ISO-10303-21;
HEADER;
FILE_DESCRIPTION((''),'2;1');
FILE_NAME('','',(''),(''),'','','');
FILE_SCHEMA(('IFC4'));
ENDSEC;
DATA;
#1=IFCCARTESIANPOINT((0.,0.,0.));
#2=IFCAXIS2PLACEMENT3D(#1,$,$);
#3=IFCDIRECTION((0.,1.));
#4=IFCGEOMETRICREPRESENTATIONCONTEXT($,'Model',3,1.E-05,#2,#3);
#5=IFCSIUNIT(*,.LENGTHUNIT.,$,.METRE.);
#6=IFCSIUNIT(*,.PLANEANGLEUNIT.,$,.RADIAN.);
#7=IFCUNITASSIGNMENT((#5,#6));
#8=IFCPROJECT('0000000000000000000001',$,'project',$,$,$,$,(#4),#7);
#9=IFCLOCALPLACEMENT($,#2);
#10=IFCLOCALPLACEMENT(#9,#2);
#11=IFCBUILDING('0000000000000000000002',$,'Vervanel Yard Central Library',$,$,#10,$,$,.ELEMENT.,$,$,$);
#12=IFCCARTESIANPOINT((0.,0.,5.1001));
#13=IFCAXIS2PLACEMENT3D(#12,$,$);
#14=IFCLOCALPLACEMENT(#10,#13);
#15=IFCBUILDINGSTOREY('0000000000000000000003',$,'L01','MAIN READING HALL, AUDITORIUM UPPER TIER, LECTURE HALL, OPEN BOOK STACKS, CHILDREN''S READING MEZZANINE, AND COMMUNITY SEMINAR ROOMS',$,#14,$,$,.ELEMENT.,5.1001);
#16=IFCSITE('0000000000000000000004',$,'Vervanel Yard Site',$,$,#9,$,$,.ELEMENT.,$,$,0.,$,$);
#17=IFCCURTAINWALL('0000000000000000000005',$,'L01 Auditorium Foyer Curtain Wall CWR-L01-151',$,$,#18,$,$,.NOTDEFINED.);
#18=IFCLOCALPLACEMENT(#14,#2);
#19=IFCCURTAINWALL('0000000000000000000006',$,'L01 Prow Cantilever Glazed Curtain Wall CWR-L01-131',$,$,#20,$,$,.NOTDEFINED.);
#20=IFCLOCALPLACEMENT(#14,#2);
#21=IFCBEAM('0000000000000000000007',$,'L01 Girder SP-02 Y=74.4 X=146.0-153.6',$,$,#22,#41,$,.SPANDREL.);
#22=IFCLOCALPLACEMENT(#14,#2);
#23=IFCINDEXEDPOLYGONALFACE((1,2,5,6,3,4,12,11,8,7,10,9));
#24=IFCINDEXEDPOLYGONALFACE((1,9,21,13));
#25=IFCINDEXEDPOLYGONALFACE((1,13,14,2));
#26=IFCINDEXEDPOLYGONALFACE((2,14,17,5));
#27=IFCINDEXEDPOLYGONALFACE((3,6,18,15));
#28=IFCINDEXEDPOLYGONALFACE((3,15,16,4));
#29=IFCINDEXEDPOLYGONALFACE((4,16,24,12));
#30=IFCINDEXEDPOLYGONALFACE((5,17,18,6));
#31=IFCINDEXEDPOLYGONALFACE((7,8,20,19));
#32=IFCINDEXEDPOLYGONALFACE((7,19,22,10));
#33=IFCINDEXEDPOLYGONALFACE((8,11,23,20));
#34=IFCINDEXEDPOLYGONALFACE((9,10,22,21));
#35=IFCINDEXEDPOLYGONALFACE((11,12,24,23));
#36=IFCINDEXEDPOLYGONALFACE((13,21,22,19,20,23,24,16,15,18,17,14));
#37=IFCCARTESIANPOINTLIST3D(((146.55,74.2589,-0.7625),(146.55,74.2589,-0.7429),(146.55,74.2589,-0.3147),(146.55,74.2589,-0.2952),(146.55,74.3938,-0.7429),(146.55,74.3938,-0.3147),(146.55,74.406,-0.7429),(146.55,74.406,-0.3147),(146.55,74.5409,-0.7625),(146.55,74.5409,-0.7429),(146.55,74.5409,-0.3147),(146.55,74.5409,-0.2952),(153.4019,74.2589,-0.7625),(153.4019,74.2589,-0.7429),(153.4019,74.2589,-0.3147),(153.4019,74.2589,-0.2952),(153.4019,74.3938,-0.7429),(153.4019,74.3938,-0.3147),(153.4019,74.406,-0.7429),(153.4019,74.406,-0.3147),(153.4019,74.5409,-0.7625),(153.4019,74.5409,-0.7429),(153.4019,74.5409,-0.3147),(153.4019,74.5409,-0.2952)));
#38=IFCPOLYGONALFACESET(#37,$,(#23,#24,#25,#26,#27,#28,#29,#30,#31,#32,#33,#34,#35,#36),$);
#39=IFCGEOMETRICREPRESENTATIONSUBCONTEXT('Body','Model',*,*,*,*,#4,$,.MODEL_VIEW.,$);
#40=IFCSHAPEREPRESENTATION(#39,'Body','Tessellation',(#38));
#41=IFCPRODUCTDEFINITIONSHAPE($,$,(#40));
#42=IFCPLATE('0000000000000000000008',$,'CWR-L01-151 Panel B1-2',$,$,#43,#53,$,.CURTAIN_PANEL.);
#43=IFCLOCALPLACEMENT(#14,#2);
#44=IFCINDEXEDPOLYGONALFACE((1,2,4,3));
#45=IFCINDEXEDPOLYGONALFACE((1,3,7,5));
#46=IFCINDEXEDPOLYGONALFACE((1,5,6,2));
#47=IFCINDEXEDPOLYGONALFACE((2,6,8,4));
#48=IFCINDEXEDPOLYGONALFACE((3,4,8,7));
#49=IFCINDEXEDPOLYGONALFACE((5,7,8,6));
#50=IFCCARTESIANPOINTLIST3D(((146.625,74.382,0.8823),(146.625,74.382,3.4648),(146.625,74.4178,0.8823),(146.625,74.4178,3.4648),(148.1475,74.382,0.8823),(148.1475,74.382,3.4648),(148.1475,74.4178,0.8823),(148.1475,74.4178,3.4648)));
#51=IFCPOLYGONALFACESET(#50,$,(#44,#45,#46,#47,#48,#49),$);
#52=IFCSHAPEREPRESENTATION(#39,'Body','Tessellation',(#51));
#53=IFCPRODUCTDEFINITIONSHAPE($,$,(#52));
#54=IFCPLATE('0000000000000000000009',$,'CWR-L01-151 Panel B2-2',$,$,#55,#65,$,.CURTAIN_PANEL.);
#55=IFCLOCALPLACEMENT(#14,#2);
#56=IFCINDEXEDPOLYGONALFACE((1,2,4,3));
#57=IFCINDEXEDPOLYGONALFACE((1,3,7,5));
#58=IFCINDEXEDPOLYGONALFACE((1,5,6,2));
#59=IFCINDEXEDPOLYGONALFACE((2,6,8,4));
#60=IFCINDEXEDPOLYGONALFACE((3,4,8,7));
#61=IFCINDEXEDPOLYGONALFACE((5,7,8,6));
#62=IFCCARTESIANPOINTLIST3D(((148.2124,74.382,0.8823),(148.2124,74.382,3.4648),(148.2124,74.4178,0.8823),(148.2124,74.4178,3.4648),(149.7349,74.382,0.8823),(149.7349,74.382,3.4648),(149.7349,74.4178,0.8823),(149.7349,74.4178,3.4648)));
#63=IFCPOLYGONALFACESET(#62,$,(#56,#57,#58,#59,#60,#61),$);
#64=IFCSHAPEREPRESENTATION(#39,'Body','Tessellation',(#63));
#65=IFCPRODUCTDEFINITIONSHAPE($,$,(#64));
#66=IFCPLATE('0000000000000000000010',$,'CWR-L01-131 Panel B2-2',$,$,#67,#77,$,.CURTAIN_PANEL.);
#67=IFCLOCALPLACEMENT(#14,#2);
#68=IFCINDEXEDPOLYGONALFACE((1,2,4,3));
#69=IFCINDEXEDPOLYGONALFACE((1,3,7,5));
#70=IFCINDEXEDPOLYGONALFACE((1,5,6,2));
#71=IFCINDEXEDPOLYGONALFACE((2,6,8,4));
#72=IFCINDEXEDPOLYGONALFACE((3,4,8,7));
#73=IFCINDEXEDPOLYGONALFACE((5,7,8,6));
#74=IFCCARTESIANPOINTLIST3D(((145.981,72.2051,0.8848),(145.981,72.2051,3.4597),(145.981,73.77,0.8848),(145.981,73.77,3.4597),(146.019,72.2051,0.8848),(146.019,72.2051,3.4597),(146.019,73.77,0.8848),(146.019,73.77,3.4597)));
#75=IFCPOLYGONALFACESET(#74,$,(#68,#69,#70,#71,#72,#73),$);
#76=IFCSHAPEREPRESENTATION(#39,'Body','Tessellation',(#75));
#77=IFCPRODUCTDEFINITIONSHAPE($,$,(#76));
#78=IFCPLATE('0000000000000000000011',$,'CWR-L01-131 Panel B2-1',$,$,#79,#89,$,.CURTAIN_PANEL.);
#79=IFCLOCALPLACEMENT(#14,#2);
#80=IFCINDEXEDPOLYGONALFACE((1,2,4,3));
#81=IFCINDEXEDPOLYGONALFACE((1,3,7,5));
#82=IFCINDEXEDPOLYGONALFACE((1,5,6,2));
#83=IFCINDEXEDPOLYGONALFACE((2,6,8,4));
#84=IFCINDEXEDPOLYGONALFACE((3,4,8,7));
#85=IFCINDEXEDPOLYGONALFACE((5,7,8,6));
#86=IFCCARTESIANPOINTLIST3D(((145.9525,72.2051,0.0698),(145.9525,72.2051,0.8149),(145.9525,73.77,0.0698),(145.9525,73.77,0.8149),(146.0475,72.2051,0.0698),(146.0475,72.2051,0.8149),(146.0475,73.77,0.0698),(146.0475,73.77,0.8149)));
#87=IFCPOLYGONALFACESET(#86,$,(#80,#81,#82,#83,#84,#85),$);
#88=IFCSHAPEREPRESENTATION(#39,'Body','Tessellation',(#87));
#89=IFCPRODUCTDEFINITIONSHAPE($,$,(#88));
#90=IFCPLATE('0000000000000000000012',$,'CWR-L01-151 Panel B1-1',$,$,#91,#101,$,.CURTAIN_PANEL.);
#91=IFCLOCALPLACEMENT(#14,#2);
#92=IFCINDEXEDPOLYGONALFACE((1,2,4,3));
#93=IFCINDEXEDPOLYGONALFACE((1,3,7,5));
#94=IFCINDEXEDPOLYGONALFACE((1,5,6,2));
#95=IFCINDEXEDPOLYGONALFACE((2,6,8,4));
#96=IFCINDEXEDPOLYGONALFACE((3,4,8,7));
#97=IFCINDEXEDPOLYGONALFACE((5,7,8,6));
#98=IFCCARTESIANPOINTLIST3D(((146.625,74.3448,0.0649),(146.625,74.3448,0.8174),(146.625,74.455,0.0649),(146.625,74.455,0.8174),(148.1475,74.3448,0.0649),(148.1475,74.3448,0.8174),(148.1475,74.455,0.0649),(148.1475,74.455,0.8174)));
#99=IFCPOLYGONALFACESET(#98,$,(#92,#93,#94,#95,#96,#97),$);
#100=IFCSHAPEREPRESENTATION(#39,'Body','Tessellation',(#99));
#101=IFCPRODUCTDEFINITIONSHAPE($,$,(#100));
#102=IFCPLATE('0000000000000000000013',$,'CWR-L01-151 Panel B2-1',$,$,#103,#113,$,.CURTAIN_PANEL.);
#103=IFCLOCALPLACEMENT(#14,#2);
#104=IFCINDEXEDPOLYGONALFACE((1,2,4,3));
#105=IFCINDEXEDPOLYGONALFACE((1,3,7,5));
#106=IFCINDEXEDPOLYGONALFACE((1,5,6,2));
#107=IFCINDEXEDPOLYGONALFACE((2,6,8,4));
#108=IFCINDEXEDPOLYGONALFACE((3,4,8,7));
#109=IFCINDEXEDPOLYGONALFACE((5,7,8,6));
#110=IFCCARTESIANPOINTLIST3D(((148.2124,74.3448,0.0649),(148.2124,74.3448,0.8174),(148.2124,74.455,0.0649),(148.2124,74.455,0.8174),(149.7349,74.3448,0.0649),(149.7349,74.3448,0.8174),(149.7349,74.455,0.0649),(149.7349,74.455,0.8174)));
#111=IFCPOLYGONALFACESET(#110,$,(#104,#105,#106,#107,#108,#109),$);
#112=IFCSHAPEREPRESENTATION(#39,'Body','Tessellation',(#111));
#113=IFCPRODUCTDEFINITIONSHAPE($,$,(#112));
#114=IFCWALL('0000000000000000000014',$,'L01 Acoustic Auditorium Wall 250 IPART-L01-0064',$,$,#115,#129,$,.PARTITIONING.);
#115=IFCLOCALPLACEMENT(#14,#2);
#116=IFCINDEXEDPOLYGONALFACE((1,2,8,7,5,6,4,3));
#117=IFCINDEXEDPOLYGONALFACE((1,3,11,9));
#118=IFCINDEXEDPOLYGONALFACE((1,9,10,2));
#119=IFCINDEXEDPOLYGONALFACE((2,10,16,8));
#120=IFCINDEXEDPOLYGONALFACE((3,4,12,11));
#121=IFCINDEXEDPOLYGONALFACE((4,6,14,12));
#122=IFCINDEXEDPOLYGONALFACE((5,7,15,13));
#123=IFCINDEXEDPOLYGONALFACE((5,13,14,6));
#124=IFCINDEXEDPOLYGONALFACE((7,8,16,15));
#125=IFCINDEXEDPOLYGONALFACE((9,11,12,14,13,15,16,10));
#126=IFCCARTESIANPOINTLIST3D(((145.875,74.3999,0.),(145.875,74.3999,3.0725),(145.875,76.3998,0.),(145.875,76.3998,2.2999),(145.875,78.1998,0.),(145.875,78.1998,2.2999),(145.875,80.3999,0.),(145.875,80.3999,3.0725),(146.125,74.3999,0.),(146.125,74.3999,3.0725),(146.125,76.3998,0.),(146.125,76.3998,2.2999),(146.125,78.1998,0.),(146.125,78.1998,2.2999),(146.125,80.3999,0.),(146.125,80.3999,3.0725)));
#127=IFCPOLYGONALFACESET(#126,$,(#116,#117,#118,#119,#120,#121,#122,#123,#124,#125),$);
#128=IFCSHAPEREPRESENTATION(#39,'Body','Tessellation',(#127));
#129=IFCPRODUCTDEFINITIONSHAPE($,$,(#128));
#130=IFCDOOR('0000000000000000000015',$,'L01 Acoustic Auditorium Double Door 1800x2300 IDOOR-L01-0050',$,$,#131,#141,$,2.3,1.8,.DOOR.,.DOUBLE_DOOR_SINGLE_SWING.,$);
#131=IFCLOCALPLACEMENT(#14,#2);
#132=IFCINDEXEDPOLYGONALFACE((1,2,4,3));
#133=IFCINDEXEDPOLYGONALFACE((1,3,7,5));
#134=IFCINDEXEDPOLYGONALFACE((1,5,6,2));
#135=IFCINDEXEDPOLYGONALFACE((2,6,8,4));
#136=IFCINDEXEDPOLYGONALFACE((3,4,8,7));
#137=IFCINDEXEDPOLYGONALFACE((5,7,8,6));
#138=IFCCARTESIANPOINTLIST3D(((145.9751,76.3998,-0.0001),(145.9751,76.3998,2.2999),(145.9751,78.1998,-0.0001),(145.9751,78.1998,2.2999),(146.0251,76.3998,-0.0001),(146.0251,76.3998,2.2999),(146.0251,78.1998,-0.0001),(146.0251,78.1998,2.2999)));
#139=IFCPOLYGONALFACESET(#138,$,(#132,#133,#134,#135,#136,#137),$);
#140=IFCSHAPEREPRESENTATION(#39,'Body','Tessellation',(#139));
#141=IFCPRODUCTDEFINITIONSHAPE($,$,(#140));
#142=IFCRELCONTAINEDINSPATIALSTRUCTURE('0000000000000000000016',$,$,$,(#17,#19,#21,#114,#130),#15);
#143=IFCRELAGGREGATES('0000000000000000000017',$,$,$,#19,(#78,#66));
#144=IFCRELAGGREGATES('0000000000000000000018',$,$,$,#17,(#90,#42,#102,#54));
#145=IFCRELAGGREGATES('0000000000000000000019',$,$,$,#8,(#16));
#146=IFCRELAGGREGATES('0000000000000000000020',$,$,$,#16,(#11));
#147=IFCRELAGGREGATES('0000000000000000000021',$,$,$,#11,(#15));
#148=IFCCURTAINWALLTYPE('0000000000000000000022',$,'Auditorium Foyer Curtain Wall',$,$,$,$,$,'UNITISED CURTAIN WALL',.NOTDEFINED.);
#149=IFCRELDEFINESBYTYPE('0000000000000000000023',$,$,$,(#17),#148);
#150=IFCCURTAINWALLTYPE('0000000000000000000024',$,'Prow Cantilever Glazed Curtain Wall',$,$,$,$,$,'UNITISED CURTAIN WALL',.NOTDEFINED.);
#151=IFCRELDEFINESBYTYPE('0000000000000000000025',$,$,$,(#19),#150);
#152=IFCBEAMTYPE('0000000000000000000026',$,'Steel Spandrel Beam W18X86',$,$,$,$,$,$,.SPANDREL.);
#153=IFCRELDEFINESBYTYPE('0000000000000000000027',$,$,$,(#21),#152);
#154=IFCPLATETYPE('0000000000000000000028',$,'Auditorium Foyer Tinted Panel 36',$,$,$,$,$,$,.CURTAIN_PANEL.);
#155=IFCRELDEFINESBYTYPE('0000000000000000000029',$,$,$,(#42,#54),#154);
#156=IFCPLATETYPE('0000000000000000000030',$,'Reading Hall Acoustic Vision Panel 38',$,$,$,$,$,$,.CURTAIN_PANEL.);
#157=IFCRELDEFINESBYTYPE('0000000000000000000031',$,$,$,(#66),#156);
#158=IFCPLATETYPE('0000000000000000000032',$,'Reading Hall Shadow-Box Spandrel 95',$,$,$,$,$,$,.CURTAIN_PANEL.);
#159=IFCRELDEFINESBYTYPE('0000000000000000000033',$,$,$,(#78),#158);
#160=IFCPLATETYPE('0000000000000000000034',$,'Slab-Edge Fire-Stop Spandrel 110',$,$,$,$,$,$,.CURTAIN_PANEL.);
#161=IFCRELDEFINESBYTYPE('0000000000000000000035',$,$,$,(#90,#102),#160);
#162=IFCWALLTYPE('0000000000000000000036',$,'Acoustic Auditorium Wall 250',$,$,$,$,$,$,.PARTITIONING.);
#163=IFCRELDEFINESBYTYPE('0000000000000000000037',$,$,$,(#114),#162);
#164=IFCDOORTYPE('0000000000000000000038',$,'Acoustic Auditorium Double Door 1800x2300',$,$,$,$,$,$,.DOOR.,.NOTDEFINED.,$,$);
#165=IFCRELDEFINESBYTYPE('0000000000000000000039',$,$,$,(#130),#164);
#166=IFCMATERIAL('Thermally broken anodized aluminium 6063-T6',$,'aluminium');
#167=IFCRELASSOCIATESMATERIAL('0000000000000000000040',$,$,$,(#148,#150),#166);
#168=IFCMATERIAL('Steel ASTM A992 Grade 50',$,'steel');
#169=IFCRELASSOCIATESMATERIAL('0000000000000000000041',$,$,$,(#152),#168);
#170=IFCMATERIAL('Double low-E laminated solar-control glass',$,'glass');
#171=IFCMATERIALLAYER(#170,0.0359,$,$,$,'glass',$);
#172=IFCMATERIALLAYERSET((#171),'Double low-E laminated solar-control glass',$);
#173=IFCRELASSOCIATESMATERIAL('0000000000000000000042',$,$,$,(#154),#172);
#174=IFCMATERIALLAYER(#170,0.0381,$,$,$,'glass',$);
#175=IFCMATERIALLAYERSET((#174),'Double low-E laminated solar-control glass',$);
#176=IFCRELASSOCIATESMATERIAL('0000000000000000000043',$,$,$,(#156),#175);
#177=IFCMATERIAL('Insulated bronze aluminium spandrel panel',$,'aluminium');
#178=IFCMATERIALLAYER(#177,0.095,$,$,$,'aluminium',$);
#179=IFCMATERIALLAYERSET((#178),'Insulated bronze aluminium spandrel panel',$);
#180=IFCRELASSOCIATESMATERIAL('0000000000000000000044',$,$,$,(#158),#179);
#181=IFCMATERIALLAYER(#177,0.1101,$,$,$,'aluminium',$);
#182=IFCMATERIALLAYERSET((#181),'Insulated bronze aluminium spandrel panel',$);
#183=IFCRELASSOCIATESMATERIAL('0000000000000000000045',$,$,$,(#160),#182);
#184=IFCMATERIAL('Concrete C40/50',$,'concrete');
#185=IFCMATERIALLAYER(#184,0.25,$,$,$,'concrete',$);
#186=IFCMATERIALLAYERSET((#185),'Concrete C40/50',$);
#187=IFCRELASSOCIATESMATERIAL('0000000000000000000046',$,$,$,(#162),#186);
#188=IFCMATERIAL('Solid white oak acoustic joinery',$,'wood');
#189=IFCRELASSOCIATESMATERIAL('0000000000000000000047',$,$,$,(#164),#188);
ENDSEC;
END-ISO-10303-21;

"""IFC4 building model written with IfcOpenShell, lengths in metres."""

from ifc_helpers import new_model, si_unit, direction, frame, frame_2d, origin, origin_2d, place, context, subcontext, project, spatial, rectangle, i_section, extrude, material, layer, layer_set, material_profile, profile_set, type_object, element, fill, aggregate, save


model = new_model("IFC4")

# Units and contexts
model_context = context("Model", 3, precision=1e-05, world=origin(), true_north=direction((0.0, 1.0)))
body_context = subcontext(model_context, "Body", "Model", "MODEL_VIEW")
ifc_project = project(units=[si_unit("LENGTHUNIT", "METRE"), si_unit("PLANEANGLEUNIT", "RADIAN")], contexts=[model_context])

# Site, building, storey
site_placement = place(None, origin())
site = spatial("IfcSite", under=ifc_project, at=site_placement, Name="Vervanel Yard Site", CompositionType="ELEMENT", RefElevation=0.0)
building_placement = place(site_placement, origin())
building = spatial("IfcBuilding", under=site, at=building_placement, Name="Vervanel Yard Central Library", CompositionType="ELEMENT")
storey_placement = place(building_placement, frame((0.0, 0.0, 5.1001)))
storey = spatial("IfcBuildingStorey", under=building, at=storey_placement, Name="L01", Description="MAIN READING HALL, AUDITORIUM UPPER TIER, LECTURE HALL, OPEN BOOK STACKS, CHILDREN'S READING MEZZANINE, AND COMMUNITY SEMINAR ROOMS", CompositionType="ELEMENT", Elevation=5.1001)

# Curtain wall
ifc_material_1 = material(Name="Thermally broken anodized aluminium 6063-T6", Category="aluminium")
curtain_wall_type_1 = type_object("IfcCurtainWallType", Name="Auditorium Foyer Curtain Wall", ElementType="UNITISED CURTAIN WALL", PredefinedType="NOTDEFINED", material=ifc_material_1)
curtain_wall_1_placement = place(storey_placement, origin())
curtain_wall_1 = element("IfcCurtainWall", 1, at=curtain_wall_1_placement, inside=storey, type_object=curtain_wall_type_1, Name="L01 Auditorium Foyer Curtain Wall CWR-L01-151", PredefinedType="NOTDEFINED")

# Curtain wall
curtain_wall_type_2 = type_object("IfcCurtainWallType", Name="Prow Cantilever Glazed Curtain Wall", ElementType="UNITISED CURTAIN WALL", PredefinedType="NOTDEFINED", material=ifc_material_1)
curtain_wall_2_placement = place(storey_placement, origin())
curtain_wall_2 = element("IfcCurtainWall", 2, at=curtain_wall_2_placement, inside=storey, type_object=curtain_wall_type_2, Name="L01 Prow Cantilever Glazed Curtain Wall CWR-L01-131", PredefinedType="NOTDEFINED")

# Beam
ifc_material_2 = material(Name="Steel ASTM A992 Grade 50", Category="steel")
ifc_material_profile_1 = material_profile(ifc_material_2, i_section(OverallWidth=0.282, OverallDepth=0.4673, WebThickness=0.0122, FlangeThickness=0.0195, at=origin_2d()), Name="W18X86", Category="steel")
ifc_profile_set_1 = profile_set([ifc_material_profile_1], Name="Steel ASTM A992 Grade 50")
beam_type = type_object("IfcBeamType", Name="Steel Spandrel Beam W18X86", PredefinedType="SPANDREL", material=ifc_profile_set_1)
beam_placement = place(storey_placement, frame((146.55, 74.3999, -0.5288), z_axis=(1.0, 0.0, 0.0), x_axis=(0.0, 1.0, 0.0)))
element("IfcBeam", 3, at=beam_placement, inside=storey, type_object=beam_type, Name="L01 Girder SP-02 Y=74.4 X=146.0-153.6", PredefinedType="SPANDREL", context=body_context, shape_type="SweptSolid", body=[
    extrude(i_section(OverallWidth=0.282, OverallDepth=0.4673, WebThickness=0.0122, FlangeThickness=0.0195, at=origin_2d()), origin(), (0.0, 0.0, 1.0), 6.8518),
])

# Plates
ifc_material_3 = material(Name="Double low-E laminated solar-control glass", Category="glass")
ifc_layer_1 = layer(ifc_material_3, 0.0359, Category="glass")
ifc_layer_set_1 = layer_set([ifc_layer_1], Name="Double low-E laminated solar-control glass")
plate_type_1 = type_object("IfcPlateType", Name="Auditorium Foyer Tinted Panel 36", PredefinedType="CURTAIN_PANEL", material=ifc_layer_set_1)
plate_1_placement = place(storey_placement, frame((147.3862, 74.3999, 0.8823), z_axis=(0.0, 0.0, 1.0), x_axis=(1.0, 0.0, 0.0)))
plate_1 = element("IfcPlate", 4, at=plate_1_placement, type_object=plate_type_1, Name="CWR-L01-151 Panel B1-2", PredefinedType="CURTAIN_PANEL", context=body_context, shape_type="SweptSolid", body=[
    extrude(rectangle(XDim=1.5225, YDim=0.0359, at=origin_2d()), origin(), (0.0, 0.0, 1.0), 2.5825),
])
plate_2_placement = place(storey_placement, frame((148.9736, 74.3999, 0.8823), z_axis=(0.0, 0.0, 1.0), x_axis=(1.0, 0.0, 0.0)))
plate_2 = element("IfcPlate", 5, at=plate_2_placement, type_object=plate_type_1, Name="CWR-L01-151 Panel B2-2", PredefinedType="CURTAIN_PANEL", context=body_context, shape_type="SweptSolid", body=[
    extrude(rectangle(XDim=1.5225, YDim=0.0359, at=origin_2d()), origin(), (0.0, 0.0, 1.0), 2.5825),
])
ifc_layer_2 = layer(ifc_material_3, 0.0381, Category="glass")
ifc_layer_set_2 = layer_set([ifc_layer_2], Name="Double low-E laminated solar-control glass")
plate_type_2 = type_object("IfcPlateType", Name="Reading Hall Acoustic Vision Panel 38", PredefinedType="CURTAIN_PANEL", material=ifc_layer_set_2)
plate_3_placement = place(storey_placement, frame((146.0, 72.9875, 0.8848), z_axis=(0.0, 0.0, 1.0), x_axis=(0.0, 1.0, 0.0)))
plate_3 = element("IfcPlate", 6, at=plate_3_placement, type_object=plate_type_2, Name="CWR-L01-131 Panel B2-2", PredefinedType="CURTAIN_PANEL", context=body_context, shape_type="SweptSolid", body=[
    extrude(rectangle(XDim=1.5649, YDim=0.0381, at=origin_2d()), origin(), (0.0, 0.0, 1.0), 2.575),
])
ifc_material_4 = material(Name="Insulated bronze aluminium spandrel panel", Category="aluminium")
ifc_layer_3 = layer(ifc_material_4, 0.095, Category="aluminium")
ifc_layer_set_3 = layer_set([ifc_layer_3], Name="Insulated bronze aluminium spandrel panel")
plate_type_3 = type_object("IfcPlateType", Name="Reading Hall Shadow-Box Spandrel 95", PredefinedType="CURTAIN_PANEL", material=ifc_layer_set_3)
plate_4_placement = place(storey_placement, frame((146.0, 72.9875, 0.0698), z_axis=(0.0, 0.0, 1.0), x_axis=(0.0, 1.0, 0.0)))
plate_4 = element("IfcPlate", 7, at=plate_4_placement, type_object=plate_type_3, Name="CWR-L01-131 Panel B2-1", PredefinedType="CURTAIN_PANEL", context=body_context, shape_type="SweptSolid", body=[
    extrude(rectangle(XDim=1.5649, YDim=0.095, at=origin_2d()), origin(), (0.0, 0.0, 1.0), 0.7451),
])
aggregate(curtain_wall_2, [plate_4, plate_3])
ifc_layer_4 = layer(ifc_material_4, 0.1101, Category="aluminium")
ifc_layer_set_4 = layer_set([ifc_layer_4], Name="Insulated bronze aluminium spandrel panel")
plate_type_4 = type_object("IfcPlateType", Name="Slab-Edge Fire-Stop Spandrel 110", PredefinedType="CURTAIN_PANEL", material=ifc_layer_set_4)
plate_5_placement = place(storey_placement, frame((147.3862, 74.3999, 0.0649), z_axis=(0.0, 0.0, 1.0), x_axis=(1.0, 0.0, 0.0)))
plate_5 = element("IfcPlate", 8, at=plate_5_placement, type_object=plate_type_4, Name="CWR-L01-151 Panel B1-1", PredefinedType="CURTAIN_PANEL", context=body_context, shape_type="SweptSolid", body=[
    extrude(rectangle(XDim=1.5225, YDim=0.1101, at=origin_2d()), origin(), (0.0, 0.0, 1.0), 0.7524),
])
plate_6_placement = place(storey_placement, frame((148.9736, 74.3999, 0.0649), z_axis=(0.0, 0.0, 1.0), x_axis=(1.0, 0.0, 0.0)))
plate_6 = element("IfcPlate", 9, at=plate_6_placement, type_object=plate_type_4, Name="CWR-L01-151 Panel B2-1", PredefinedType="CURTAIN_PANEL", context=body_context, shape_type="SweptSolid", body=[
    extrude(rectangle(XDim=1.5225, YDim=0.1101, at=origin_2d()), origin(), (0.0, 0.0, 1.0), 0.7524),
])
aggregate(curtain_wall_1, [plate_5, plate_1, plate_6, plate_2])

# Wall, opening, door
ifc_material_5 = material(Name="Concrete C40/50", Category="concrete")
ifc_layer_5 = layer(ifc_material_5, 0.25, Category="concrete")
ifc_layer_set_5 = layer_set([ifc_layer_5], Name="Concrete C40/50")
wall_type = type_object("IfcWallType", Name="Acoustic Auditorium Wall 250", PredefinedType="PARTITIONING", material=ifc_layer_set_5)
wall_placement = place(storey_placement, frame((146.0, 74.3999, 0.0), z_axis=(0.0, 0.0, 1.0), x_axis=(0.0, 1.0, 0.0)))
wall = element("IfcWall", 10, at=wall_placement, inside=storey, type_object=wall_type, Name="L01 Acoustic Auditorium Wall 250 IPART-L01-0064", PredefinedType="PARTITIONING", context=body_context, shape_type="SweptSolid", body=[
    extrude(rectangle(XDim=6.0, YDim=0.25, at=frame_2d((3.0, 0.0))), origin(), (0.0, 0.0, 1.0), 3.0725),
])
opening_placement = place(wall_placement, frame((2.0, 0.0, 0.0)))
opening = element("IfcOpeningElement", 11, at=opening_placement, cuts=wall, PredefinedType="OPENING", context=body_context, shape_type="SweptSolid", body=[
    extrude(rectangle(XDim=1.8, YDim=2.3, at=frame_2d((0.8999, 1.1499))), frame((0.0, 0.135, 0.0), z_axis=(0.0, -1.0, 0.0), x_axis=(1.0, 0.0, 0.0)), (0.0, 0.0, 1.0), 0.27),
])
ifc_material_6 = material(Name="Solid white oak acoustic joinery", Category="wood")
door_type = type_object("IfcDoorType", Name="Acoustic Auditorium Double Door 1800x2300", OperationType="NOTDEFINED", PredefinedType="DOOR", material=ifc_material_6)
door_placement = place(opening_placement, origin())
door = element("IfcDoor", 12, at=door_placement, inside=storey, type_object=door_type, Name="L01 Acoustic Auditorium Double Door 1800x2300 IDOOR-L01-0050", OperationType="DOUBLE_DOOR_SINGLE_SWING", OverallHeight=2.3, OverallWidth=1.8, PredefinedType="DOOR", context=body_context, shape_type="SweptSolid", body=[
    extrude(rectangle(XDim=1.8, YDim=2.3, at=frame_2d((0.8999, 1.1499))), frame((0.0, 0.0249, 0.0), z_axis=(0.0, -1.0, 0.0), x_axis=(1.0, 0.0, 0.0)), (0.0, 0.0, 1.0), 0.05),
])
fill(opening, door)

save(model, "model.ifc")
